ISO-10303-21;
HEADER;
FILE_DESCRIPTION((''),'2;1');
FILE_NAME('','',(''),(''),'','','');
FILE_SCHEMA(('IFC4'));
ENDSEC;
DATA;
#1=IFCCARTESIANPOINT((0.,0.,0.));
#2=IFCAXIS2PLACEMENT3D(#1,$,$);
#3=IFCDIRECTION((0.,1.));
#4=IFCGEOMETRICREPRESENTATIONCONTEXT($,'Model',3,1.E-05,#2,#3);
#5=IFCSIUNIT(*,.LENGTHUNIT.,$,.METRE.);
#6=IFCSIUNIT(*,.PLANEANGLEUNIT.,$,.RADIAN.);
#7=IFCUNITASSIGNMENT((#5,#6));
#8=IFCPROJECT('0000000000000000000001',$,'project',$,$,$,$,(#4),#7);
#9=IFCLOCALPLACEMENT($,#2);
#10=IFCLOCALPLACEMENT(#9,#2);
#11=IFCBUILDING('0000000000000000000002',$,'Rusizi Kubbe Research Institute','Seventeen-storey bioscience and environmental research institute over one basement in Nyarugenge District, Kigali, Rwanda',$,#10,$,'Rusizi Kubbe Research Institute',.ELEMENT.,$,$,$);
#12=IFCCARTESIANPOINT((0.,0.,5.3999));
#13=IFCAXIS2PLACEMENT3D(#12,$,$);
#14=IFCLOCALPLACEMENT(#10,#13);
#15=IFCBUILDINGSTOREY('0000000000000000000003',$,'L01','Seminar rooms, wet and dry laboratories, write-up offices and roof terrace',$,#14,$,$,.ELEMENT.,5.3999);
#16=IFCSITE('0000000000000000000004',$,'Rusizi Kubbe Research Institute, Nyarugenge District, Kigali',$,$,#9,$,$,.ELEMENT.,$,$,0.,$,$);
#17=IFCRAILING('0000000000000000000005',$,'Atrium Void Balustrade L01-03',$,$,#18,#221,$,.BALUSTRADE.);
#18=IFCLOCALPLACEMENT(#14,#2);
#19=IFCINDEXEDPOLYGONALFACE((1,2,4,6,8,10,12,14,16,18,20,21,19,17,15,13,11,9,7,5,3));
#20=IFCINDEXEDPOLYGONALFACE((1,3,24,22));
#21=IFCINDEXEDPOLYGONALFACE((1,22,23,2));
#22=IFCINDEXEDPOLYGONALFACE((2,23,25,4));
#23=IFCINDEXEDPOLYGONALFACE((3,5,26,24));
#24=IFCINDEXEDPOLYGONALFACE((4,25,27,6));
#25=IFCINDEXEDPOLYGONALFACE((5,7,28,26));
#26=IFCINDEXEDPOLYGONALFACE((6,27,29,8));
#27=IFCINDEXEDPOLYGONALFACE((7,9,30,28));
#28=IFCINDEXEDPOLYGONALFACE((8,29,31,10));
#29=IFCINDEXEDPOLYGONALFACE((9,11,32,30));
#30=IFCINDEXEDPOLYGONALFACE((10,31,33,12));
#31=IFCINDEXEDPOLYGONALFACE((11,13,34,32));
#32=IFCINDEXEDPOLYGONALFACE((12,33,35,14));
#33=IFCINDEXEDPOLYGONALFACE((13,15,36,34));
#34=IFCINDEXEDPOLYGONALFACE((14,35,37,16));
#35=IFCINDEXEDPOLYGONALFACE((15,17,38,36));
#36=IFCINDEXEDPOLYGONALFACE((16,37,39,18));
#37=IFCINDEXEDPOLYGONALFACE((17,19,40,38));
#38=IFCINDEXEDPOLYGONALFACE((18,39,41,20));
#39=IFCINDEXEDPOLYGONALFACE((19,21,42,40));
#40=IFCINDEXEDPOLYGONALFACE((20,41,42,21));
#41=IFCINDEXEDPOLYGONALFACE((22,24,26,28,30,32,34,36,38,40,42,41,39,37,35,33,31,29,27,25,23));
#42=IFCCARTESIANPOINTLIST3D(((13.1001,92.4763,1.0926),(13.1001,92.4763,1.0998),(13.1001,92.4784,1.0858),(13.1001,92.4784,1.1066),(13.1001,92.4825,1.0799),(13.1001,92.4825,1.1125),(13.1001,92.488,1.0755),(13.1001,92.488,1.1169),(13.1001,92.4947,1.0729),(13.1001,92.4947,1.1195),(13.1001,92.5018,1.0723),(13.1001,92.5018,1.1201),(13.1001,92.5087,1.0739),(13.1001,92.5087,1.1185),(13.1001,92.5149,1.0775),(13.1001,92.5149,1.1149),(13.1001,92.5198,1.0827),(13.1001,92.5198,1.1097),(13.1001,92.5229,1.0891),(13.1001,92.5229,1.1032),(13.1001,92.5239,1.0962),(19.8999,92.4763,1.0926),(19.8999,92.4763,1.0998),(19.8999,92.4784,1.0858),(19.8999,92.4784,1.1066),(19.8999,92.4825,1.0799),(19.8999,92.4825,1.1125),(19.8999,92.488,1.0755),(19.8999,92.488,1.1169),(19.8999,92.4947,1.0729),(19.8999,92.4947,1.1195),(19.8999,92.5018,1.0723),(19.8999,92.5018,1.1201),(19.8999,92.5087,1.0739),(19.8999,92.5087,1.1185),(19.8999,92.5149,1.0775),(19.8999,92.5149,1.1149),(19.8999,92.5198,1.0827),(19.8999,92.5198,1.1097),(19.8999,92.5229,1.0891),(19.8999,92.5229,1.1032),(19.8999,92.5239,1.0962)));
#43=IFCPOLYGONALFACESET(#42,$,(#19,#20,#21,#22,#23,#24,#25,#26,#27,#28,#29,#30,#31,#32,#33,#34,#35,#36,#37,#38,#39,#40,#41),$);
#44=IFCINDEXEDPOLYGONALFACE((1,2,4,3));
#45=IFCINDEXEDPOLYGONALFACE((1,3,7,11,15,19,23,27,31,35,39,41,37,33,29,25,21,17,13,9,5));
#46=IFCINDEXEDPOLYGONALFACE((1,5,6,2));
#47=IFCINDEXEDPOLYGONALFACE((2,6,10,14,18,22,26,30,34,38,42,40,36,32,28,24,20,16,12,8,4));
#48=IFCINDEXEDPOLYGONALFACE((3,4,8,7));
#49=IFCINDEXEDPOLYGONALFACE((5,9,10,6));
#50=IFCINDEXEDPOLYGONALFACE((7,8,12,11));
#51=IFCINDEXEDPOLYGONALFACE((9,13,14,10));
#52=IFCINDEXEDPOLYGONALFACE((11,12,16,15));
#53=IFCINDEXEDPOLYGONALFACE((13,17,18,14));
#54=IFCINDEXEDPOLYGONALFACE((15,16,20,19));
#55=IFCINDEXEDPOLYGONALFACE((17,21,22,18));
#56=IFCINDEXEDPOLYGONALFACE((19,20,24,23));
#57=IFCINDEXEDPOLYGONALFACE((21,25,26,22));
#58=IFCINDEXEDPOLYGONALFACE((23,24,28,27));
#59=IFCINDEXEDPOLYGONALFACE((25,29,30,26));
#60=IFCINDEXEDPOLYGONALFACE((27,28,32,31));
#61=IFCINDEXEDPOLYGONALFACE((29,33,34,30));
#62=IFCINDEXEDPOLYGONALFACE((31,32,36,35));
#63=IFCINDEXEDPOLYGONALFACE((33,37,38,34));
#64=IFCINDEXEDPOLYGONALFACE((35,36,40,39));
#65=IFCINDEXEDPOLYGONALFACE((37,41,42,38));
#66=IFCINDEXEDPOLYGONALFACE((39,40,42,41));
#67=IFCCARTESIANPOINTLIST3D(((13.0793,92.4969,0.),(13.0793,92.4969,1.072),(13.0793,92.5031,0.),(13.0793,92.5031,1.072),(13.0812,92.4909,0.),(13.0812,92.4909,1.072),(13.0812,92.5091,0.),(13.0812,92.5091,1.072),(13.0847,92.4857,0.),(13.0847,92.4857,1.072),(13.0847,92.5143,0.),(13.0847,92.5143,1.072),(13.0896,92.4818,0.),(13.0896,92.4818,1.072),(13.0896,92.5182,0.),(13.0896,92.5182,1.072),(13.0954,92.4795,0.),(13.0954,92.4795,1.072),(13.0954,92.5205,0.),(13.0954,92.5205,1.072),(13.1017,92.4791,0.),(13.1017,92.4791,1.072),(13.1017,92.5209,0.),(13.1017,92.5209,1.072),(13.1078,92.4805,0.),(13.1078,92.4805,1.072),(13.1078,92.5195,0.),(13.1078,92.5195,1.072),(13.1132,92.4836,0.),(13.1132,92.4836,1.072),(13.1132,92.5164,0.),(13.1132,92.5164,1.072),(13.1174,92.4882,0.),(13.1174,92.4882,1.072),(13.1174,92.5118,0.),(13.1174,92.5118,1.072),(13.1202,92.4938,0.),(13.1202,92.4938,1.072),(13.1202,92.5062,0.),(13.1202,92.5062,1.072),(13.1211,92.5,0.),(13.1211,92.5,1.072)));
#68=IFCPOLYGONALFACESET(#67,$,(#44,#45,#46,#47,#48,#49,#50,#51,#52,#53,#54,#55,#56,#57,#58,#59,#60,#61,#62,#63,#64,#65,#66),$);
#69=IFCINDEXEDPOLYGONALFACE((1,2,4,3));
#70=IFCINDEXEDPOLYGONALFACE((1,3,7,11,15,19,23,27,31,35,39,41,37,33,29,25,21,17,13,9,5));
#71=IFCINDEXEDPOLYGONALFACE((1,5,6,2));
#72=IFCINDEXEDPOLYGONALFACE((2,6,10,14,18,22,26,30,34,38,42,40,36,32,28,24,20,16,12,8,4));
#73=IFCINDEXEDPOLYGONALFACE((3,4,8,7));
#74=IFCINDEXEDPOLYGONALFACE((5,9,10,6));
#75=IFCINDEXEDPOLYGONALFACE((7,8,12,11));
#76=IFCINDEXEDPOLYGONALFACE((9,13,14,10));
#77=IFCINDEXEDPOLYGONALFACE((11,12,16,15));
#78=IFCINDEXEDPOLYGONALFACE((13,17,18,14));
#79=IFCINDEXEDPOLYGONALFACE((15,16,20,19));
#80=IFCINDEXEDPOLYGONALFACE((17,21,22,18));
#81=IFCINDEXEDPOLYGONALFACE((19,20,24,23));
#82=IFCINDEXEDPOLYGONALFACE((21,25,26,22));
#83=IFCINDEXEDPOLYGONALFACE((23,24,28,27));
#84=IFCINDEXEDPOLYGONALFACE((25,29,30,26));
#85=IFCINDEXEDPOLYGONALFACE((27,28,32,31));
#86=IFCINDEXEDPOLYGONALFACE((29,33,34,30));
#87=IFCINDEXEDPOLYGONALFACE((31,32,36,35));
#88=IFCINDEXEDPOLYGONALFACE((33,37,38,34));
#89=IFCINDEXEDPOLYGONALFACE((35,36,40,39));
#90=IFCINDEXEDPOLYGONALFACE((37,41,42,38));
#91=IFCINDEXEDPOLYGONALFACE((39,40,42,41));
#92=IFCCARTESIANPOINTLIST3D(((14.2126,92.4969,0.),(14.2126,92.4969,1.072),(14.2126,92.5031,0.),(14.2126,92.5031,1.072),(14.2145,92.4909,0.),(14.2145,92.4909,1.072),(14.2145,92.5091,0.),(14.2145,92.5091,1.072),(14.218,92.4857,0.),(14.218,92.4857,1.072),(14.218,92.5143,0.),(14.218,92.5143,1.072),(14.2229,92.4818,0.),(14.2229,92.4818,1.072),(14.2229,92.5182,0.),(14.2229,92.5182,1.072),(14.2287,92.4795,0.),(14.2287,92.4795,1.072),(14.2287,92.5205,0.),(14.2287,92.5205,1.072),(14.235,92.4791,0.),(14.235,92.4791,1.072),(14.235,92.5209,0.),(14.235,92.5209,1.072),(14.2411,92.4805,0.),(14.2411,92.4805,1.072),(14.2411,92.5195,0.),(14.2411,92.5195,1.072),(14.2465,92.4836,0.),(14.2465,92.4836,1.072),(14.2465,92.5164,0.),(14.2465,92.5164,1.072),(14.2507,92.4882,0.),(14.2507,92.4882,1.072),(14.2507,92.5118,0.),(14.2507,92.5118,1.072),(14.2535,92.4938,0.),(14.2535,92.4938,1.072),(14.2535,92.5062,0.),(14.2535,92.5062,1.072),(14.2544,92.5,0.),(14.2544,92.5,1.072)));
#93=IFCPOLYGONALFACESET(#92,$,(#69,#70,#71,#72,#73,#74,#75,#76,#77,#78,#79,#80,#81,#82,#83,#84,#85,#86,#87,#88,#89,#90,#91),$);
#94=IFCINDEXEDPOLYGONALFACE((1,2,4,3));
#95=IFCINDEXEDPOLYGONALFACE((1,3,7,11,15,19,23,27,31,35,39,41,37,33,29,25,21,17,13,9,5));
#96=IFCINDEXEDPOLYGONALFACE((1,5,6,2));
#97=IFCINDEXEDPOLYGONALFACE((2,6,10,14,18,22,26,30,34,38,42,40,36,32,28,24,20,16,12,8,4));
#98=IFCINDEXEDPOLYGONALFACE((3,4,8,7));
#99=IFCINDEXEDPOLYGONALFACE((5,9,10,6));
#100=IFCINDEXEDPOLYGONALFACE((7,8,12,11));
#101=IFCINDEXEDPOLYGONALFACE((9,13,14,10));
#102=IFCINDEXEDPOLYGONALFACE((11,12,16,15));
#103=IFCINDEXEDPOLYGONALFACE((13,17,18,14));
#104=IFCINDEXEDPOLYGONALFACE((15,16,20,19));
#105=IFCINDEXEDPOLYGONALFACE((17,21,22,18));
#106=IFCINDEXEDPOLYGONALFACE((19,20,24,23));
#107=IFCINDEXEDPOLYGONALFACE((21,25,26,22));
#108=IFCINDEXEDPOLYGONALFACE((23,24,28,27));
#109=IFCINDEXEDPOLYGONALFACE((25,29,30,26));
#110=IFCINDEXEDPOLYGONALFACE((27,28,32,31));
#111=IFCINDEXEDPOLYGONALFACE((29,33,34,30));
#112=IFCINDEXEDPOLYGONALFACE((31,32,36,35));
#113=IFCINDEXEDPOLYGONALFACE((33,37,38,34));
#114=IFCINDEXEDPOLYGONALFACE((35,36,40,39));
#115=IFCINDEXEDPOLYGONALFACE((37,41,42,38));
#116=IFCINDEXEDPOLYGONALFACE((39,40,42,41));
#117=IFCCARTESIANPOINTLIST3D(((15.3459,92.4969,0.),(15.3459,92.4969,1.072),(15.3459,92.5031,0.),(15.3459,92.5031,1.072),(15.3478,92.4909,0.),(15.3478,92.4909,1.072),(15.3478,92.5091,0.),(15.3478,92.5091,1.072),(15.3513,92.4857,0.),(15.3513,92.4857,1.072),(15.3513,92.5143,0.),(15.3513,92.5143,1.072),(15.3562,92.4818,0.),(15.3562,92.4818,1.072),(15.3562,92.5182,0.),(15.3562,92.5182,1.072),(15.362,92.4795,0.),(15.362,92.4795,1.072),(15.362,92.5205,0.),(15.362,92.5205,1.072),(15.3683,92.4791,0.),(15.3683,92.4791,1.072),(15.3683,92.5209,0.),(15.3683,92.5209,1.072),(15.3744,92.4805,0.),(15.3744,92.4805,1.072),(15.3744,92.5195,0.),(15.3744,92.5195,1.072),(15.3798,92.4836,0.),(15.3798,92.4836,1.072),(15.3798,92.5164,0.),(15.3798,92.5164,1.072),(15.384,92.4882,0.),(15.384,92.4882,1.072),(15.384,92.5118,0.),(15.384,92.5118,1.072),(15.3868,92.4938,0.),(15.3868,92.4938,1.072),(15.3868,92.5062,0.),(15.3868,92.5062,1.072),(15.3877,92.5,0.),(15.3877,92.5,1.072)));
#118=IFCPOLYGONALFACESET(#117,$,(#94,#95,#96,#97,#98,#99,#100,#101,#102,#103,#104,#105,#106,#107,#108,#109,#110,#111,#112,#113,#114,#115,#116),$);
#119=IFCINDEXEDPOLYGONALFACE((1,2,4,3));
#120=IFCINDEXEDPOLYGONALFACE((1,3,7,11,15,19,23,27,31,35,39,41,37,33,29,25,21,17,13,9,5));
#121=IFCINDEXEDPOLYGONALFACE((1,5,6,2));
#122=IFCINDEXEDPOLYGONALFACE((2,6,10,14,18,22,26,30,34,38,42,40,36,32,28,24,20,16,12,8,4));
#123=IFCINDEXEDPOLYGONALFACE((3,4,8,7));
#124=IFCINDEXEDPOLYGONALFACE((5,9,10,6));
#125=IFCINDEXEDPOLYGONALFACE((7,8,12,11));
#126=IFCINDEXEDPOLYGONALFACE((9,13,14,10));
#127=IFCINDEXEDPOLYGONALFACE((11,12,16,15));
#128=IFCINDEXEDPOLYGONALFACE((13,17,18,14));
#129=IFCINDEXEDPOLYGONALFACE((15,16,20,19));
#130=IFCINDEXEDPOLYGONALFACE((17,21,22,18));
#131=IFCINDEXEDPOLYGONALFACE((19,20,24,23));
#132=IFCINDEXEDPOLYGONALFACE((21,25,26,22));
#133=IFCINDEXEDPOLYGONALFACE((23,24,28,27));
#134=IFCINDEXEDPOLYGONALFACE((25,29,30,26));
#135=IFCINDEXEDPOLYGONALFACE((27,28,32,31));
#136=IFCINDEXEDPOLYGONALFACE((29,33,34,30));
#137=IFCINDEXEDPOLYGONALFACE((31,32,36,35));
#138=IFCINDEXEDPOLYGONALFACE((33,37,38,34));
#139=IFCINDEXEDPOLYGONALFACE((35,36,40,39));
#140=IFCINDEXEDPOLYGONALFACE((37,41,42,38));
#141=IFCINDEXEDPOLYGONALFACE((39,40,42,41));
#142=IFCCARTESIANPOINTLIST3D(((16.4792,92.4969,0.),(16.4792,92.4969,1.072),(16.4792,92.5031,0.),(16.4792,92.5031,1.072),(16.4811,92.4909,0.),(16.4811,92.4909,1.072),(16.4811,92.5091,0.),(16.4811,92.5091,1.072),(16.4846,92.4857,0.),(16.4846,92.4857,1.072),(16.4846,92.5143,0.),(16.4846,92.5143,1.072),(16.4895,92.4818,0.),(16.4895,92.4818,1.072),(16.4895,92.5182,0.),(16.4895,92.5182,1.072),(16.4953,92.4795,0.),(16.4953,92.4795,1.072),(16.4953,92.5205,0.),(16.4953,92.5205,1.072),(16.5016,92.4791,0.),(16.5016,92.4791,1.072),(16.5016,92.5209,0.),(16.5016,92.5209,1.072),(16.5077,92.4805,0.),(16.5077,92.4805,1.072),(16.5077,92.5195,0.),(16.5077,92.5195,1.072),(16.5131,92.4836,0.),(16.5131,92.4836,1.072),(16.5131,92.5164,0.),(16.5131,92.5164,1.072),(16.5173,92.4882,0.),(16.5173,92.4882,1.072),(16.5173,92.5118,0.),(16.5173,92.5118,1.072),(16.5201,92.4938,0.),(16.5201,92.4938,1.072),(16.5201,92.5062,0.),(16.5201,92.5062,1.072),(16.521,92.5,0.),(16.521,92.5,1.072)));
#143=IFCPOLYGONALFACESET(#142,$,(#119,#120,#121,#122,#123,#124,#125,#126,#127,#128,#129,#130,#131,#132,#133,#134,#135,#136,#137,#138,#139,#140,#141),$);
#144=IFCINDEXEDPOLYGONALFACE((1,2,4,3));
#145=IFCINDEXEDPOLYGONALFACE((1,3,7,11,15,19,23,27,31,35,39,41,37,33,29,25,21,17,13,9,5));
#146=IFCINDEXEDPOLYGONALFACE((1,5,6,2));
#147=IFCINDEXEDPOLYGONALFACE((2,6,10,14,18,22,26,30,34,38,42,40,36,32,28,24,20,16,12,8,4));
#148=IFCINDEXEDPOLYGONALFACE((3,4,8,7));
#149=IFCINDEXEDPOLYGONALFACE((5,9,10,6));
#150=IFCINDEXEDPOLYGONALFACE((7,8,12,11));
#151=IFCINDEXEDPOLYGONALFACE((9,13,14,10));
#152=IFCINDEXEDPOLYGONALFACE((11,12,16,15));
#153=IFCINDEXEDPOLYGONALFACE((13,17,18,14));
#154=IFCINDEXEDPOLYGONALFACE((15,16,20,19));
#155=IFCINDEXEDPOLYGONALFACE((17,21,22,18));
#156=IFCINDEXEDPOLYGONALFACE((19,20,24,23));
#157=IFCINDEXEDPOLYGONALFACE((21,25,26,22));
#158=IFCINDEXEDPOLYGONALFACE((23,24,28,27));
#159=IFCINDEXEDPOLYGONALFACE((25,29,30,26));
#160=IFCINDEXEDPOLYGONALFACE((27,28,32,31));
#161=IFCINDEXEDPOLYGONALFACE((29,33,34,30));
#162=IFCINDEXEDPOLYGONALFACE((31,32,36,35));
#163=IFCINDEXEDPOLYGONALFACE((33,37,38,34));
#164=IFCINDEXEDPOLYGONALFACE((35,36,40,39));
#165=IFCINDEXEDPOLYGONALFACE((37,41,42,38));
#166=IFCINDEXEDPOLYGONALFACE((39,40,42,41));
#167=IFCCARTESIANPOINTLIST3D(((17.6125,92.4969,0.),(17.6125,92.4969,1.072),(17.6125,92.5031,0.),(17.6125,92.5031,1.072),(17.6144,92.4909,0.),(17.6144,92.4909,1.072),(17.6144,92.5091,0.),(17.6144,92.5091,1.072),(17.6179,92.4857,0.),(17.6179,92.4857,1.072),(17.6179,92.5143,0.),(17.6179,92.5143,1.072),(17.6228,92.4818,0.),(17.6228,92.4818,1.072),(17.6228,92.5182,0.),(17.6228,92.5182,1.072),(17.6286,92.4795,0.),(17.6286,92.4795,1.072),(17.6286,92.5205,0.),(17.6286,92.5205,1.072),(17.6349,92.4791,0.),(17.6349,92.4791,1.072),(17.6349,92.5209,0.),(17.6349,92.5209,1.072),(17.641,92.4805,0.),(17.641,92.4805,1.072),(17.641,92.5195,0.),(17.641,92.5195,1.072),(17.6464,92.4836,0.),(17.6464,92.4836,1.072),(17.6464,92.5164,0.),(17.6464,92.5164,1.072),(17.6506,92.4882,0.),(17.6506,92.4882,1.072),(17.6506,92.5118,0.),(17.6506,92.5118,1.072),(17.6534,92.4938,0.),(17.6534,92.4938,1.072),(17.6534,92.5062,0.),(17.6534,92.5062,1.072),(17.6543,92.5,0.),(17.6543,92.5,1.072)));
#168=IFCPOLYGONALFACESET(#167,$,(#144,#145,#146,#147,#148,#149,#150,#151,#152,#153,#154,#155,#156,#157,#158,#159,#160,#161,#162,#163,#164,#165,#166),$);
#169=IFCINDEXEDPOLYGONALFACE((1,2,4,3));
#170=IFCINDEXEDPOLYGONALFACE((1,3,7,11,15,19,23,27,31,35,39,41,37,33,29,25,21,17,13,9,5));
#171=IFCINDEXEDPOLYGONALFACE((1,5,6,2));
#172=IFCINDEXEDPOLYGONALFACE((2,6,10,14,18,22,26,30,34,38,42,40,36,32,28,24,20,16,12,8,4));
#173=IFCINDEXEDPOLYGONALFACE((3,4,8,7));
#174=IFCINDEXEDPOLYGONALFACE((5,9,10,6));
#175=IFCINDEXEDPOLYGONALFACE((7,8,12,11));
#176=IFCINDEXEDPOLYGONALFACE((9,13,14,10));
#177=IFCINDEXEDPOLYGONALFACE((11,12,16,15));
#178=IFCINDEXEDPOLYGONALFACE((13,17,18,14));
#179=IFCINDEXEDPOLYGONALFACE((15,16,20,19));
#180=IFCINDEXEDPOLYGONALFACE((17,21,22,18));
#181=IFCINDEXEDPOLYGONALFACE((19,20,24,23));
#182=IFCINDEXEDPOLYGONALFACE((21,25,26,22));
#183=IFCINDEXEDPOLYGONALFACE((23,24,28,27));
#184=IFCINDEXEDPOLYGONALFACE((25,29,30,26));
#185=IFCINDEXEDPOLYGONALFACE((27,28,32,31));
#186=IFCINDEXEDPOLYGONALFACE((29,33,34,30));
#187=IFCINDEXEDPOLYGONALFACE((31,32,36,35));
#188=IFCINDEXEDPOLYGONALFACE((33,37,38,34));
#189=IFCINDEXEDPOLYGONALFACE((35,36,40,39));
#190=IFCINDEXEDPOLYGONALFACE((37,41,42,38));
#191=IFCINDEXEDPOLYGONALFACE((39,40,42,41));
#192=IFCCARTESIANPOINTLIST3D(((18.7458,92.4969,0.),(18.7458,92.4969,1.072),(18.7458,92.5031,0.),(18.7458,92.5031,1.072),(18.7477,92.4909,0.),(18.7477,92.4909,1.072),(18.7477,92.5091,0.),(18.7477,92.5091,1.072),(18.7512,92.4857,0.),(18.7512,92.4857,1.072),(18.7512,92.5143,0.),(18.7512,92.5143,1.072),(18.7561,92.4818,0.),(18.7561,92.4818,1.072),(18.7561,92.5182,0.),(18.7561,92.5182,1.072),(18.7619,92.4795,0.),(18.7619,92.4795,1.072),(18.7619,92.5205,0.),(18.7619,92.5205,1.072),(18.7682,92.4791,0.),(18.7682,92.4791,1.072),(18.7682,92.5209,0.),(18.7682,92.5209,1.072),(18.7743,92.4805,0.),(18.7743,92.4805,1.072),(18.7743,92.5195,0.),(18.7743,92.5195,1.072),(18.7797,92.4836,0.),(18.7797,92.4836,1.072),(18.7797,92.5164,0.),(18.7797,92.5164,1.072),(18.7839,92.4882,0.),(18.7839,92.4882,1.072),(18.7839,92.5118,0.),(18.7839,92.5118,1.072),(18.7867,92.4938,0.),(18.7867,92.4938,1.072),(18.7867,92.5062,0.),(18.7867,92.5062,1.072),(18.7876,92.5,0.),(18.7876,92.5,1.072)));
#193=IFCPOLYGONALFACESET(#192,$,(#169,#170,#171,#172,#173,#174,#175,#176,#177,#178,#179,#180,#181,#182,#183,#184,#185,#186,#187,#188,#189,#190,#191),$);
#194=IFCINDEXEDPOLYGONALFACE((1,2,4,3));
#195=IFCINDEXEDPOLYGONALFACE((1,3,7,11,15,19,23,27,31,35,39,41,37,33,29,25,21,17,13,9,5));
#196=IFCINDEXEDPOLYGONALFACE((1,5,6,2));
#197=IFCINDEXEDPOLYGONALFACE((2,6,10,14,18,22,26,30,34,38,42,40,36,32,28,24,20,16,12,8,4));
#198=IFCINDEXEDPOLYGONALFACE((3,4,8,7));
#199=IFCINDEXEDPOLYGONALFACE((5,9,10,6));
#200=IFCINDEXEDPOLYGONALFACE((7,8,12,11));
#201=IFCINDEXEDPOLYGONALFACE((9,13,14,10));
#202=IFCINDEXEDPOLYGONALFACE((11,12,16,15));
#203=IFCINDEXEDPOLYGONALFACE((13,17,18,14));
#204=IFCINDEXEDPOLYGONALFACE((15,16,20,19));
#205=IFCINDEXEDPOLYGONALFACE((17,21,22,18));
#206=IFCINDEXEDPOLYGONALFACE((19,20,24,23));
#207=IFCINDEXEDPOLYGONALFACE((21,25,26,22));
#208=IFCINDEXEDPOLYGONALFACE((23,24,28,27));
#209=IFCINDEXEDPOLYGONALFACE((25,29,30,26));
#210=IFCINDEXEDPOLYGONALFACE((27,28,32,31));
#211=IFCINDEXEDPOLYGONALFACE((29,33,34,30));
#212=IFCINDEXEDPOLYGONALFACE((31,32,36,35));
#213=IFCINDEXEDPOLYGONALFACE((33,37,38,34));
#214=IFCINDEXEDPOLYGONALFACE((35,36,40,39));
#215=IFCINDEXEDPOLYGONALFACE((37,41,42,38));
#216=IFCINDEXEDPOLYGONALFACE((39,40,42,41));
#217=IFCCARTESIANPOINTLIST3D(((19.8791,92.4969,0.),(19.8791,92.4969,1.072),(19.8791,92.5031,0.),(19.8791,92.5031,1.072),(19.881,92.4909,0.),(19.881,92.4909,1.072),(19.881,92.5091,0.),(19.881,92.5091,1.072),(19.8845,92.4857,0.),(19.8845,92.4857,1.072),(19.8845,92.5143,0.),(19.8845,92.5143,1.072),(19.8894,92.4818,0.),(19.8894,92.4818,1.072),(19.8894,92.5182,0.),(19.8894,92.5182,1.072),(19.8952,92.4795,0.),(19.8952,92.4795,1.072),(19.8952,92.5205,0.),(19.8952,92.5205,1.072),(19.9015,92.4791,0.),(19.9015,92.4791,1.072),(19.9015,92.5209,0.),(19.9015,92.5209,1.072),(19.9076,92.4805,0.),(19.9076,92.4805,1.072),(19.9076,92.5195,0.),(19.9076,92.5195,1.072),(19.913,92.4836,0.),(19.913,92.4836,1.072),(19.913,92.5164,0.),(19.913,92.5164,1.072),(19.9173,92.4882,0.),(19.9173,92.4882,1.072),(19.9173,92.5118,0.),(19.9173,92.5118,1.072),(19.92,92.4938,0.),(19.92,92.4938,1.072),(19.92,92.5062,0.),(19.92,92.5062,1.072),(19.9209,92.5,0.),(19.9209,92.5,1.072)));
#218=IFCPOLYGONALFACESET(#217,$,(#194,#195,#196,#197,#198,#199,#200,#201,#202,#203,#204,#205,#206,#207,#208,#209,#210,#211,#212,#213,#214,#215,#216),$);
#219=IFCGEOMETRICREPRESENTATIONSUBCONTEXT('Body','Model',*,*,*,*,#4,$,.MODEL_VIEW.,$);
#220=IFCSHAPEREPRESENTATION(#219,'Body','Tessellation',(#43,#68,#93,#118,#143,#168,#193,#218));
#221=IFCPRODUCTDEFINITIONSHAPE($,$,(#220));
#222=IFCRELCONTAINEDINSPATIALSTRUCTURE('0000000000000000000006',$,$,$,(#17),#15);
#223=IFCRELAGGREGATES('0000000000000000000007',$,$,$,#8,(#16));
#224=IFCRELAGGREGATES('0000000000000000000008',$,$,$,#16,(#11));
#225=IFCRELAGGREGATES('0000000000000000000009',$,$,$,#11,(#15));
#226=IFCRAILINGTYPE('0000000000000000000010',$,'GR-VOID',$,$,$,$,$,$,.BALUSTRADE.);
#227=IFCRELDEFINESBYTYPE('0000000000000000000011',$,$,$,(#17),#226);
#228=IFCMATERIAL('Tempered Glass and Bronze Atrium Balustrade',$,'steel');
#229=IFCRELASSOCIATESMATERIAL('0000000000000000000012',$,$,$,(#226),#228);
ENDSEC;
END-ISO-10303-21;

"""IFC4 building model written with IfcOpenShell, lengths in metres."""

from ifc_helpers import new_model, si_unit, direction, frame, origin, origin_2d, place, context, subcontext, project, spatial, circle, extrude, material, type_object, element, save


model = new_model("IFC4")

# Units and contexts
model_context = context("Model", 3, precision=1e-05, world=origin(), true_north=direction((0.0, 1.0)))
body_context = subcontext(model_context, "Body", "Model", "MODEL_VIEW")
ifc_project = project(units=[si_unit("LENGTHUNIT", "METRE"), si_unit("PLANEANGLEUNIT", "RADIAN")], contexts=[model_context])

# Site, building, storey
site_placement = place(None, origin())
site = spatial("IfcSite", under=ifc_project, at=site_placement, Name="Rusizi Kubbe Research Institute, Nyarugenge District, Kigali", CompositionType="ELEMENT", RefElevation=0.0)
building_placement = place(site_placement, origin())
building = spatial("IfcBuilding", under=site, at=building_placement, Name="Rusizi Kubbe Research Institute", Description="Seventeen-storey bioscience and environmental research institute over one basement in Nyarugenge District, Kigali, Rwanda", LongName="Rusizi Kubbe Research Institute", CompositionType="ELEMENT")
storey_placement = place(building_placement, frame((0.0, 0.0, 5.3999)))
storey = spatial("IfcBuildingStorey", under=building, at=storey_placement, Name="L01", Description="Seminar rooms, wet and dry laboratories, write-up offices and roof terrace", CompositionType="ELEMENT", Elevation=5.3999)

# Railing
ifc_material_1 = material(Name="Tempered Glass and Bronze Atrium Balustrade", Category="steel")
railing_type = type_object("IfcRailingType", Name="GR-VOID", PredefinedType="BALUSTRADE", material=ifc_material_1)
railing_placement = place(storey_placement, frame((13.1001, 92.5, 0.0)))
element("IfcRailing", 1, at=railing_placement, inside=storey, type_object=railing_type, Name="Atrium Void Balustrade L01-03", PredefinedType="BALUSTRADE", context=body_context, shape_type="SweptSolid", body=[
    extrude(circle(Radius=0.0239, at=origin_2d()), frame((0.0, 0.0, 1.0962), z_axis=(1.0, 0.0, 0.0), x_axis=(0.0, 1.0, 0.0)), (0.0, 0.0, 1.0), 6.7998),
    extrude(circle(Radius=0.021, at=origin_2d()), origin(), (0.0, 0.0, 1.0), 1.072),
    extrude(circle(Radius=0.021, at=origin_2d()), frame((1.1333, 0.0, 0.0)), (0.0, 0.0, 1.0), 1.072),
    extrude(circle(Radius=0.021, at=origin_2d()), frame((2.2666, 0.0, 0.0)), (0.0, 0.0, 1.0), 1.072),
    extrude(circle(Radius=0.021, at=origin_2d()), frame((3.3999, 0.0, 0.0)), (0.0, 0.0, 1.0), 1.072),
    extrude(circle(Radius=0.021, at=origin_2d()), frame((4.5332, 0.0, 0.0)), (0.0, 0.0, 1.0), 1.072),
    extrude(circle(Radius=0.021, at=origin_2d()), frame((5.6665, 0.0, 0.0)), (0.0, 0.0, 1.0), 1.072),
    extrude(circle(Radius=0.021, at=origin_2d()), frame((6.7998, 0.0, 0.0)), (0.0, 0.0, 1.0), 1.072),
])

save(model, "model.ifc")
